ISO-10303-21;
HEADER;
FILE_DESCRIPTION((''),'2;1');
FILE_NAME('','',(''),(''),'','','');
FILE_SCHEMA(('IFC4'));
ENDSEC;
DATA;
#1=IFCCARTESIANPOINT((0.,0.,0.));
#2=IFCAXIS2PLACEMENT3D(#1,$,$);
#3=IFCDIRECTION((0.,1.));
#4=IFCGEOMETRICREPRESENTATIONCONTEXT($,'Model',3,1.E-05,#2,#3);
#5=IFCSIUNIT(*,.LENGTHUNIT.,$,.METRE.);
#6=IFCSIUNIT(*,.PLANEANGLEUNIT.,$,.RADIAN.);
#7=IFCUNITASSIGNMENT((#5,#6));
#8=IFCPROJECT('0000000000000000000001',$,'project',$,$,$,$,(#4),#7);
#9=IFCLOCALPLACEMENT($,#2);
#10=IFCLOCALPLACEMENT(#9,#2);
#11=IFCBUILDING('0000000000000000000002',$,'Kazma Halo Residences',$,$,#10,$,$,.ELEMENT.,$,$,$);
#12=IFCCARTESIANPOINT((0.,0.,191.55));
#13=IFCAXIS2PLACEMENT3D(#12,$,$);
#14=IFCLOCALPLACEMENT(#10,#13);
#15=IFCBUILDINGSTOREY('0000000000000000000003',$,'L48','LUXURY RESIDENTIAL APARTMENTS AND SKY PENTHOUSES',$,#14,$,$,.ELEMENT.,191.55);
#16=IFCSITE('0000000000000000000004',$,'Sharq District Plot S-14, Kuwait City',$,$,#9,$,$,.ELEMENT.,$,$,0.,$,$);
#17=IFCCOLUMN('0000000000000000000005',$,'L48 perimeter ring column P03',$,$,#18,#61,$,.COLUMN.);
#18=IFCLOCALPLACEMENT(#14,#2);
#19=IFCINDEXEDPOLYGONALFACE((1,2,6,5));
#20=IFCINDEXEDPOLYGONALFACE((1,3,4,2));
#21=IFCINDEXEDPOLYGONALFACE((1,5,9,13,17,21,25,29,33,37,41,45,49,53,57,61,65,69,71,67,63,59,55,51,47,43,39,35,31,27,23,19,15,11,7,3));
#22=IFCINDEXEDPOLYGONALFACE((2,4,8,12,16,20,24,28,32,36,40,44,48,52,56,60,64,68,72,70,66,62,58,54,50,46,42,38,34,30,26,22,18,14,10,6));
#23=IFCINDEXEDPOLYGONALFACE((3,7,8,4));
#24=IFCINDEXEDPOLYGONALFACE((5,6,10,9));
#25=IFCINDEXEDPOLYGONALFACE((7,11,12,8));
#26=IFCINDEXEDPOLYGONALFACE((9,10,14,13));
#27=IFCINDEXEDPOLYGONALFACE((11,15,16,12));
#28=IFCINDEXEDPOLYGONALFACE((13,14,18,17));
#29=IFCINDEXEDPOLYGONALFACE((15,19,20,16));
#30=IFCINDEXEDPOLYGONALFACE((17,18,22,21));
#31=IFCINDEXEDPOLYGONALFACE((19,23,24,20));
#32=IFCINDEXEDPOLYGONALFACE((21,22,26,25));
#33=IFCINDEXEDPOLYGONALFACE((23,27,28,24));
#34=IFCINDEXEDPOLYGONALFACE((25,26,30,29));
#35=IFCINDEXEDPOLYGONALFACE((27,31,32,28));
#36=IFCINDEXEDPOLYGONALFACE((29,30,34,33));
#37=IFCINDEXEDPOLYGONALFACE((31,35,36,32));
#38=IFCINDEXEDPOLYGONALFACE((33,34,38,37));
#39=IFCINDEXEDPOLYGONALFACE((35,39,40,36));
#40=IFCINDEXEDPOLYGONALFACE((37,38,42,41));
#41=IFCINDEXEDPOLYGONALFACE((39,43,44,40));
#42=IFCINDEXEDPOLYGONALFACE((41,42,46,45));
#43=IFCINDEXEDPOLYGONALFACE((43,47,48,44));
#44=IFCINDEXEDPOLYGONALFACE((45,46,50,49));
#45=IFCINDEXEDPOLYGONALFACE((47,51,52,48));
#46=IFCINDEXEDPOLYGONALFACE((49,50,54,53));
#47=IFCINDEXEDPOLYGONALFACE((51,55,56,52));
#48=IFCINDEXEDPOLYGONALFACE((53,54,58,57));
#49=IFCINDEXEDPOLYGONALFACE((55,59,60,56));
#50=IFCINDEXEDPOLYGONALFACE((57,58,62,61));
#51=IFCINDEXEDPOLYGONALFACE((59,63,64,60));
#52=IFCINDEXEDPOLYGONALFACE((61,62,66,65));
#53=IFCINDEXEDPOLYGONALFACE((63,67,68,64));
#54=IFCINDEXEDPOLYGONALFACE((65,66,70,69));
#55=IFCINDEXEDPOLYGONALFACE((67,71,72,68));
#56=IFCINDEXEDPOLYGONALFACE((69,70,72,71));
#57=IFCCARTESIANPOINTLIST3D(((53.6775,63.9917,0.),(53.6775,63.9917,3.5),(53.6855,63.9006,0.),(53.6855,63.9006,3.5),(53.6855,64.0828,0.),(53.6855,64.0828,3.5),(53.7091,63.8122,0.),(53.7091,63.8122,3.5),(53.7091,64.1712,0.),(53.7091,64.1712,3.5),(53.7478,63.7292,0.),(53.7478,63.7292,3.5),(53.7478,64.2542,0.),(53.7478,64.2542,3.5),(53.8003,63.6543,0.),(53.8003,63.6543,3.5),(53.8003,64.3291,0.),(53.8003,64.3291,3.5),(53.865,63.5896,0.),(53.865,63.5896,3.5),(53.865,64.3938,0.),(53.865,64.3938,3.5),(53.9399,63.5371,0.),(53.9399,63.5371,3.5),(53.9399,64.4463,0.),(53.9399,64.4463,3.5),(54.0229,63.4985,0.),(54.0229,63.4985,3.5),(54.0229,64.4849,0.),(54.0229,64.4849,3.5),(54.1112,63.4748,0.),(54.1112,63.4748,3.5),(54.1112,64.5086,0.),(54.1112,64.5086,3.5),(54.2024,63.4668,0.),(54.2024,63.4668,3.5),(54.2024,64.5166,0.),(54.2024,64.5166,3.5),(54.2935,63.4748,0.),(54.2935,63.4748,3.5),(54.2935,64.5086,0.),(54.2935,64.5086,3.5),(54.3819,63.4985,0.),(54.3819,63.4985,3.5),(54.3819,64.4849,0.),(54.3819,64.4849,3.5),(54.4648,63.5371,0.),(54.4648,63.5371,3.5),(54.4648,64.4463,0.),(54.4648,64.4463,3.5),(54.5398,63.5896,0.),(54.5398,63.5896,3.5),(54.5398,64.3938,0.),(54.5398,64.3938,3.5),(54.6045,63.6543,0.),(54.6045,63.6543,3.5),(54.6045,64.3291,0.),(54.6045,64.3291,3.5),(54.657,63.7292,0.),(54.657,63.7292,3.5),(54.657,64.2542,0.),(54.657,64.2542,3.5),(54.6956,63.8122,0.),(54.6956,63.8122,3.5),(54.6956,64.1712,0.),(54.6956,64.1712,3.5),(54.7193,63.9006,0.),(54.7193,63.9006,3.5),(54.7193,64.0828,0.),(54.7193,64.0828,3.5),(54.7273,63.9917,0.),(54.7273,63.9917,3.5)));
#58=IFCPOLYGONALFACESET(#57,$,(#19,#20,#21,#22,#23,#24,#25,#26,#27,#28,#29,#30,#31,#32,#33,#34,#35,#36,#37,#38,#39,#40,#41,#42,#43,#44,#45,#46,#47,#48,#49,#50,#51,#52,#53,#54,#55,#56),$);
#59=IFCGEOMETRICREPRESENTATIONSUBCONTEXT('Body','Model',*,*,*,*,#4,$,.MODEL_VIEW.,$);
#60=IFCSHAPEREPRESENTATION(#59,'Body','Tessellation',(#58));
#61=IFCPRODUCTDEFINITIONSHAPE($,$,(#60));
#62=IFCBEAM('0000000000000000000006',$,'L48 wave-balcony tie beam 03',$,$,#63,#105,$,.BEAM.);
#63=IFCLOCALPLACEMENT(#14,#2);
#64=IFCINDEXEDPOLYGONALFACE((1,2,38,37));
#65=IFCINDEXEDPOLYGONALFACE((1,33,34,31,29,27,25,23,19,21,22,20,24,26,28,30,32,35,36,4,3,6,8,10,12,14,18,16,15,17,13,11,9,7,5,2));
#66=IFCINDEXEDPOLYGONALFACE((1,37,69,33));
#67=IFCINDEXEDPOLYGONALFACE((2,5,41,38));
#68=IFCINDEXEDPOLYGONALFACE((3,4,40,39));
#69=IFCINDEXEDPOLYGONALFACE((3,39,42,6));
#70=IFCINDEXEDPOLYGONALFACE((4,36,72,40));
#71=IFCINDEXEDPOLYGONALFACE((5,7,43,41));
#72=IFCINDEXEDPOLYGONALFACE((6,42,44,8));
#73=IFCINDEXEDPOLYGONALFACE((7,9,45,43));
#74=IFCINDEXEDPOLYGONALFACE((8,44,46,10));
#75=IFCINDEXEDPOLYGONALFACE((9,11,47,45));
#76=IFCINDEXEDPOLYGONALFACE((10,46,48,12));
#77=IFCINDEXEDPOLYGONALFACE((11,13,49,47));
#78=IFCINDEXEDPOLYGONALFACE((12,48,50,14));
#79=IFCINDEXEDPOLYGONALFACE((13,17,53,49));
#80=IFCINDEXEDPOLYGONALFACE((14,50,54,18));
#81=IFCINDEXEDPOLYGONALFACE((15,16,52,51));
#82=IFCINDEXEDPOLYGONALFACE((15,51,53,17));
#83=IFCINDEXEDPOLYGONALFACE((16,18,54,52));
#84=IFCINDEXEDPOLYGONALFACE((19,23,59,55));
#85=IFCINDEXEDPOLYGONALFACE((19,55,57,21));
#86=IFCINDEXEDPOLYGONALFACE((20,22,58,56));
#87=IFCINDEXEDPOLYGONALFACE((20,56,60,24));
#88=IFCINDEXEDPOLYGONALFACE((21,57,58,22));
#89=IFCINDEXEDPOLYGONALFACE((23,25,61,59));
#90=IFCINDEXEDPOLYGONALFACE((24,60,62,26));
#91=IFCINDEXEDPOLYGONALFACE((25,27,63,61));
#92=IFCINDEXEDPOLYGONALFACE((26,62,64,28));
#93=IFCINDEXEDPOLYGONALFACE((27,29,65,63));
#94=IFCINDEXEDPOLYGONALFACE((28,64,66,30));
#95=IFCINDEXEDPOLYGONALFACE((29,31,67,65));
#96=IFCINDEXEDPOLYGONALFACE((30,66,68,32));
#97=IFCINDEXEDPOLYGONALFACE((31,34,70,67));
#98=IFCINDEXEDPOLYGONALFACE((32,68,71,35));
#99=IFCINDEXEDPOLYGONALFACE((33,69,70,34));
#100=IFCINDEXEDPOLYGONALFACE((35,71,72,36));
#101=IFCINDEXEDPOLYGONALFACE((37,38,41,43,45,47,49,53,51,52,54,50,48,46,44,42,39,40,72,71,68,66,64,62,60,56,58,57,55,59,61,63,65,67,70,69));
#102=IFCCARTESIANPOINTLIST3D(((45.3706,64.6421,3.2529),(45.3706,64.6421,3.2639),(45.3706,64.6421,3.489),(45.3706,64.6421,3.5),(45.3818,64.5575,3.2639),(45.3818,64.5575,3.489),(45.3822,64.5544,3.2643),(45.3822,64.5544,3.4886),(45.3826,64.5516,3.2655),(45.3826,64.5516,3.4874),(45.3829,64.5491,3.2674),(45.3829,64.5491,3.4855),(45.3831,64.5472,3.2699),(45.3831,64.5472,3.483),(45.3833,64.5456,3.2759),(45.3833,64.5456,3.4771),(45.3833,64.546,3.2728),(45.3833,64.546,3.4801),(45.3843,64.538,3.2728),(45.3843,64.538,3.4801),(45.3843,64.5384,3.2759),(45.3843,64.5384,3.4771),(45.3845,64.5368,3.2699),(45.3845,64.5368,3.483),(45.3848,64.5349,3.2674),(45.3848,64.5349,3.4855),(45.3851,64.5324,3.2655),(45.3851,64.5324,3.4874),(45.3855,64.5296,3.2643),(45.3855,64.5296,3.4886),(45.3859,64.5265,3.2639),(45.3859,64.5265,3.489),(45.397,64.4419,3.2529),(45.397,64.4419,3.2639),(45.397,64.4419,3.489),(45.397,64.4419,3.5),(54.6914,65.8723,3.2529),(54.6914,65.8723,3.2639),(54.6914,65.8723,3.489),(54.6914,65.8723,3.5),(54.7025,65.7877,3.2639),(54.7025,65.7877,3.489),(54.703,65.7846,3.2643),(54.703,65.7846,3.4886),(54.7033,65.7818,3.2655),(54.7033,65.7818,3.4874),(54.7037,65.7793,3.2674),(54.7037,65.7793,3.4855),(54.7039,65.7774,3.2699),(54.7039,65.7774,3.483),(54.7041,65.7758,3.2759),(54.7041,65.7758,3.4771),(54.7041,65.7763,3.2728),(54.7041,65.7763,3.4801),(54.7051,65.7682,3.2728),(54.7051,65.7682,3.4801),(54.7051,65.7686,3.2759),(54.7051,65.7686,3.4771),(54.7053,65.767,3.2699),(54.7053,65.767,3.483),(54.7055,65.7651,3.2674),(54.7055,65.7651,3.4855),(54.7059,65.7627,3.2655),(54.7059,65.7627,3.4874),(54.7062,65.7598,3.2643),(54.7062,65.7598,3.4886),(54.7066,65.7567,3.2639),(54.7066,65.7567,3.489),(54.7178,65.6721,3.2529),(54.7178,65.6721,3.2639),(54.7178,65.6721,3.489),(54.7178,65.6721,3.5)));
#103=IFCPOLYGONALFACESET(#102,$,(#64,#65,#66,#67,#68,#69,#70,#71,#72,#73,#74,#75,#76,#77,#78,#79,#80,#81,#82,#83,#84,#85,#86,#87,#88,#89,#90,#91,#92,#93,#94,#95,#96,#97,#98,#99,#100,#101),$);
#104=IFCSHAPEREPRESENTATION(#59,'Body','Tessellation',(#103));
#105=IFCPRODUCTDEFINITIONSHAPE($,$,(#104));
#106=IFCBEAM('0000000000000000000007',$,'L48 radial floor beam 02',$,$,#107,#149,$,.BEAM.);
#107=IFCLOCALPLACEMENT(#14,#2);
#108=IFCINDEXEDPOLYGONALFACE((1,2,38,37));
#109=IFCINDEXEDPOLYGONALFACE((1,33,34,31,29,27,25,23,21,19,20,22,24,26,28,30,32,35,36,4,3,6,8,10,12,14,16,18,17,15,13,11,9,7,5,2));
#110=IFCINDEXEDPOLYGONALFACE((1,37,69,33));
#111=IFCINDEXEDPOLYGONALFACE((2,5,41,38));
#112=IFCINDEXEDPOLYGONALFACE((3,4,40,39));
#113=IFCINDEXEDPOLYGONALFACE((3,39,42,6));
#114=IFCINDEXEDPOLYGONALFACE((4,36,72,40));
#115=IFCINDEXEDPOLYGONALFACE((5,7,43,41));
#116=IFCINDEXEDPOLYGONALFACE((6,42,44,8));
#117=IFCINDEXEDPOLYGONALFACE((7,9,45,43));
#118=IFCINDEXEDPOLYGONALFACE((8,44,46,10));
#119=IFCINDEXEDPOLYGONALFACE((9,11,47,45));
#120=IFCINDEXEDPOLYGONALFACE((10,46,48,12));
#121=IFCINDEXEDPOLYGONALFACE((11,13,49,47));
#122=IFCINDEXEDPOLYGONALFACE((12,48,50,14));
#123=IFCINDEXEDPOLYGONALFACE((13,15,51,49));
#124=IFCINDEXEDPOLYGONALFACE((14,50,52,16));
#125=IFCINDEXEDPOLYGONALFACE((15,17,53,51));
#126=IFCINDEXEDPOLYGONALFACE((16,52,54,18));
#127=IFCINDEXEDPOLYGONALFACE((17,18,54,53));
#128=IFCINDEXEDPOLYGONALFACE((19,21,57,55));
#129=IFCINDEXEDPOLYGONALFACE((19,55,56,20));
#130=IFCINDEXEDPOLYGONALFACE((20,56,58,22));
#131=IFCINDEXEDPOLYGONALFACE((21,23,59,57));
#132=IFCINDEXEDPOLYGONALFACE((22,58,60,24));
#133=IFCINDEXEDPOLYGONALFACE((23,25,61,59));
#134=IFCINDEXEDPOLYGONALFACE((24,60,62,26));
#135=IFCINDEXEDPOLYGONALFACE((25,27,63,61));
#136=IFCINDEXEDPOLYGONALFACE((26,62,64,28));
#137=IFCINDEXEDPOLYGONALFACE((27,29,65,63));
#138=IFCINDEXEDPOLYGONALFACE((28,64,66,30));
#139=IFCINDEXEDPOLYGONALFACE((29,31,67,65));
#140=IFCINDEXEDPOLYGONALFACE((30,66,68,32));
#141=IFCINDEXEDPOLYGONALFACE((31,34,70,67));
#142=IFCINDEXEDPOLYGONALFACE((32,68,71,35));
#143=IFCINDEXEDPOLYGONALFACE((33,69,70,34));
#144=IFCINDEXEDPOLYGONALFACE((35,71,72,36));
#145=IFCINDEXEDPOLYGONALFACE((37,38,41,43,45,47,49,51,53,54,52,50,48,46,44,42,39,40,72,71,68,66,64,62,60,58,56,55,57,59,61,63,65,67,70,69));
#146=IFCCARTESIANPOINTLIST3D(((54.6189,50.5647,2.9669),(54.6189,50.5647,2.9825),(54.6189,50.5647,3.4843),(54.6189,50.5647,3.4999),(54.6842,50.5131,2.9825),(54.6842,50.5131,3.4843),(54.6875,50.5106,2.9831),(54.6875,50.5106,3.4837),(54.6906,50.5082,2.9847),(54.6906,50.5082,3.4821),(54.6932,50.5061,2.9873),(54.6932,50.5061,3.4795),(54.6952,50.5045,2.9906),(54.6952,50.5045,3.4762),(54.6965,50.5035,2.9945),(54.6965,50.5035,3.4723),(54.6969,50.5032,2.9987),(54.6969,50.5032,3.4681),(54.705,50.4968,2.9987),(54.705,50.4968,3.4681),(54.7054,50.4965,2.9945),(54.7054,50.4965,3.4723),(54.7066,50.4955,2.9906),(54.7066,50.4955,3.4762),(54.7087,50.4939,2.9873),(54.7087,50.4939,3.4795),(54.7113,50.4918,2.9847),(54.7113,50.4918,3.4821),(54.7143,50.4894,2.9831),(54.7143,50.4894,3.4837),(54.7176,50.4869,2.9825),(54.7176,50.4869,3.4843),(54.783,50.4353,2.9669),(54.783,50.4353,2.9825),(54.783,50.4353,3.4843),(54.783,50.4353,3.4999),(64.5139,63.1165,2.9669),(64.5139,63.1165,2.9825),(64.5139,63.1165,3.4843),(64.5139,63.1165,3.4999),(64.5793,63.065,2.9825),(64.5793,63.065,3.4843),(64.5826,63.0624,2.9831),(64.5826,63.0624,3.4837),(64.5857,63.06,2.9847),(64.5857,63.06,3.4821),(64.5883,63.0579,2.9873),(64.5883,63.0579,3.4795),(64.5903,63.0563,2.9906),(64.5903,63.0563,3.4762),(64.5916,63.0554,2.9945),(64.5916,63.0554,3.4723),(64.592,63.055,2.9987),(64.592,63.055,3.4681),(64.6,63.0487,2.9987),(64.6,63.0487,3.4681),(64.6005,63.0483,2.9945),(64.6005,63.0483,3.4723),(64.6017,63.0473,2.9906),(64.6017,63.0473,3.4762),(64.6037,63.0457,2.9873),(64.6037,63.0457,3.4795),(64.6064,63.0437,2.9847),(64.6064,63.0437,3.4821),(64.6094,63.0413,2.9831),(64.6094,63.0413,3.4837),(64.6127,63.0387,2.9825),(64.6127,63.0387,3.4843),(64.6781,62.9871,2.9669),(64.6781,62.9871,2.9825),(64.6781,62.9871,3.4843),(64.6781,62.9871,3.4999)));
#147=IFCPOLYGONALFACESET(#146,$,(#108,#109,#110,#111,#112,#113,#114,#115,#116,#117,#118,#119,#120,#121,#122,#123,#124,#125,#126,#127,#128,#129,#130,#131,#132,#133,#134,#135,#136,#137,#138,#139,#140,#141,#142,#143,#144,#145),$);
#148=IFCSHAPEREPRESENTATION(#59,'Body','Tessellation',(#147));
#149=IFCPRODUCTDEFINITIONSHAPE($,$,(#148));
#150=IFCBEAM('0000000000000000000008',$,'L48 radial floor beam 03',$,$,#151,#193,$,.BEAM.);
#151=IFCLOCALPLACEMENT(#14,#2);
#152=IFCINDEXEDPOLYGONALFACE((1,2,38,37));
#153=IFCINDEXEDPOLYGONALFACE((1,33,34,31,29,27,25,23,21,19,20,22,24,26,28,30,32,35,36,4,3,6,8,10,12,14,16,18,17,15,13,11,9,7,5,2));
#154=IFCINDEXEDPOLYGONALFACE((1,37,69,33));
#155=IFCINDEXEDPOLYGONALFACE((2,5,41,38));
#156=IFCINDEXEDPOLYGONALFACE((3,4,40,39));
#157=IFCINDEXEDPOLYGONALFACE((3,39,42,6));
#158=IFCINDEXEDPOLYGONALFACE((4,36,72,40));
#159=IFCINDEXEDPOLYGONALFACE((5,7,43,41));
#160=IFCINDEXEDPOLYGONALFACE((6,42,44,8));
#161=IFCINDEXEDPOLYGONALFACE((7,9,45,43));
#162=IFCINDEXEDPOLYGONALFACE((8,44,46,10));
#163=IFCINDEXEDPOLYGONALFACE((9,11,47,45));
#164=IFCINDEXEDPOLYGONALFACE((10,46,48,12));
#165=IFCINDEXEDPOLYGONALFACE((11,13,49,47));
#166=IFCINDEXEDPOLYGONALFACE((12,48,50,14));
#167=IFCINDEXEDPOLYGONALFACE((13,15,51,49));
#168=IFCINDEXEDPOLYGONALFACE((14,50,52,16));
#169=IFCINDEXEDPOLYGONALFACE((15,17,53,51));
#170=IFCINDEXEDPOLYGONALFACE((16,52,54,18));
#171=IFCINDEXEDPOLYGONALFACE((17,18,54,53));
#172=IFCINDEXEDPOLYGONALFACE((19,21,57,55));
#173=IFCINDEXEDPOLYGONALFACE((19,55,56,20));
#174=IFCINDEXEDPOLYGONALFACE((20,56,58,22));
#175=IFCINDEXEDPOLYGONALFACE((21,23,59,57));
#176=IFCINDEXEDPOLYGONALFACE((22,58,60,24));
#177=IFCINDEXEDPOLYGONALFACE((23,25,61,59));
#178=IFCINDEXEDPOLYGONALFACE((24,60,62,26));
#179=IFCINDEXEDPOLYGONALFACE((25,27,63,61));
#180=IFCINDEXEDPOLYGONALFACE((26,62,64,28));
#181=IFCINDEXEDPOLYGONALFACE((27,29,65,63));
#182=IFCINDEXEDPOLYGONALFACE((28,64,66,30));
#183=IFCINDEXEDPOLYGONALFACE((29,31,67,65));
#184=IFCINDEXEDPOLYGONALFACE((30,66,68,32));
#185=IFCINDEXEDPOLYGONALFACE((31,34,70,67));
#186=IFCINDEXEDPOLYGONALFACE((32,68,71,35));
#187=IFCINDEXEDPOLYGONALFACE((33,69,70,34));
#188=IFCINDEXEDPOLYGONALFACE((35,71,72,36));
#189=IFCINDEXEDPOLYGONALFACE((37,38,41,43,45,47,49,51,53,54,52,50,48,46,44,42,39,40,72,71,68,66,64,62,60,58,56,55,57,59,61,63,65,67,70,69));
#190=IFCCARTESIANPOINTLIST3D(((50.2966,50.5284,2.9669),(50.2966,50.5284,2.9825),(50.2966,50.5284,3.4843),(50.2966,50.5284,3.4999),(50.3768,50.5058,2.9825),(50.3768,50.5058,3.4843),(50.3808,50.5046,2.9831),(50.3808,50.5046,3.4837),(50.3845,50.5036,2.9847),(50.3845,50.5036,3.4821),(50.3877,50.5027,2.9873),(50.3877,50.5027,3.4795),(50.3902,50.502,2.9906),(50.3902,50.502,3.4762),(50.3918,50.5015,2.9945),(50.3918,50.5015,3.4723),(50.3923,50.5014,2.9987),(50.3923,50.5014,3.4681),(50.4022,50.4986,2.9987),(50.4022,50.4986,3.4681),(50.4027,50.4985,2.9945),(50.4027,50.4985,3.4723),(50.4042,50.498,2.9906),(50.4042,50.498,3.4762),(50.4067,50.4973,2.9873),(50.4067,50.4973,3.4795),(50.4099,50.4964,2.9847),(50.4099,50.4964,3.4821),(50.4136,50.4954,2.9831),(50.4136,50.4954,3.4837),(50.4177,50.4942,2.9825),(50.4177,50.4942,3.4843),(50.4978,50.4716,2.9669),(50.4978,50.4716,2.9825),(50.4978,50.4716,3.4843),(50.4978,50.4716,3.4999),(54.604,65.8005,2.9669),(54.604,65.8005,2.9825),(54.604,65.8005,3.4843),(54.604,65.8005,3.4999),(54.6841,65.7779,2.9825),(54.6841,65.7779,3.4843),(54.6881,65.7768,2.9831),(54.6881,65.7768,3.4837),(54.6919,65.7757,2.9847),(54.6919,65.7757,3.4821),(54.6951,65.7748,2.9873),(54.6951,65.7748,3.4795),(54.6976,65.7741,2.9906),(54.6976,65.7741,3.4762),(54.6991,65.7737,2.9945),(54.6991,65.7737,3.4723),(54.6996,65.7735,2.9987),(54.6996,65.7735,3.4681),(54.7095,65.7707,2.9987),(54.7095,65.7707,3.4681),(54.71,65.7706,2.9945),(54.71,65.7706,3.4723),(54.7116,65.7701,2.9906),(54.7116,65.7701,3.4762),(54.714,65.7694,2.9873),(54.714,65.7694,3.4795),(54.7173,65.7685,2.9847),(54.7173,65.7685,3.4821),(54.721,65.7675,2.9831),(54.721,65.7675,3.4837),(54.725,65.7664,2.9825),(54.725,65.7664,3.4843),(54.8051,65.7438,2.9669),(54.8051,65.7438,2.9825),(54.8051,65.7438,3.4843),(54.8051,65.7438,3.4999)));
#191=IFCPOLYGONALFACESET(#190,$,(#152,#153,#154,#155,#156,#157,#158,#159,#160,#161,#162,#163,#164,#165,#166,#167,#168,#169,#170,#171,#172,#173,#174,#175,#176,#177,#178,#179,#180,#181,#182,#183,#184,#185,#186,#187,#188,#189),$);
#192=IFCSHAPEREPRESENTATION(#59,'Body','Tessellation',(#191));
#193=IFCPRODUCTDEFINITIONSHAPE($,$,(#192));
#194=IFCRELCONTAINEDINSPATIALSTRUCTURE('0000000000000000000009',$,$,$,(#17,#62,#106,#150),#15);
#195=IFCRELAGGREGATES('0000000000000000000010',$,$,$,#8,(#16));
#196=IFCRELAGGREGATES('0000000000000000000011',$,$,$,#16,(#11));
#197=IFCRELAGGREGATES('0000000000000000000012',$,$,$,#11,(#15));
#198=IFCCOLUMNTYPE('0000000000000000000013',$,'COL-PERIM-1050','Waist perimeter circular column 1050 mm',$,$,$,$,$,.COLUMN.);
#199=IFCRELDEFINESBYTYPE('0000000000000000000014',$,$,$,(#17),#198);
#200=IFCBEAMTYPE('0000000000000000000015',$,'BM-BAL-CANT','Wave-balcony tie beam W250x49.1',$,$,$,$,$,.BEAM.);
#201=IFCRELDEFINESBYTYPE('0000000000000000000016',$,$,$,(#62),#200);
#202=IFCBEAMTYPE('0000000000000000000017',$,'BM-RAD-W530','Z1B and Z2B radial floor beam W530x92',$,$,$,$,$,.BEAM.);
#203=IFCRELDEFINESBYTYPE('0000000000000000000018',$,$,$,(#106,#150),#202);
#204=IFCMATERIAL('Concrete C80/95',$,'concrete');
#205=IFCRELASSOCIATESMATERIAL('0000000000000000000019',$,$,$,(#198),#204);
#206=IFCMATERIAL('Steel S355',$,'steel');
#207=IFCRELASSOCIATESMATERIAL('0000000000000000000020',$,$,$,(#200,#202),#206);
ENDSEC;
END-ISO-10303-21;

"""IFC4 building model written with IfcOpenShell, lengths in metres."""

from ifc_helpers import new_model, si_unit, direction, frame, origin, origin_2d, place, context, subcontext, project, spatial, circle, i_section, extrude, material, material_profile, profile_set, type_object, element, save


model = new_model("IFC4")

# Units and contexts
model_context = context("Model", 3, precision=1e-05, world=origin(), true_north=direction((0.0, 1.0)))
body_context = subcontext(model_context, "Body", "Model", "MODEL_VIEW")
ifc_project = project(units=[si_unit("LENGTHUNIT", "METRE"), si_unit("PLANEANGLEUNIT", "RADIAN")], contexts=[model_context])

# Site, building, storey
site_placement = place(None, origin())
site = spatial("IfcSite", under=ifc_project, at=site_placement, Name="Sharq District Plot S-14, Kuwait City", CompositionType="ELEMENT", RefElevation=0.0)
building_placement = place(site_placement, origin())
building = spatial("IfcBuilding", under=site, at=building_placement, Name="Kazma Halo Residences", CompositionType="ELEMENT")
storey_placement = place(building_placement, frame((0.0, 0.0, 191.55)))
storey = spatial("IfcBuildingStorey", under=building, at=storey_placement, Name="L48", Description="LUXURY RESIDENTIAL APARTMENTS AND SKY PENTHOUSES", CompositionType="ELEMENT", Elevation=191.55)

# Column
ifc_material_1 = material(Name="Concrete C80/95", Category="concrete")
ifc_material_profile_1 = material_profile(ifc_material_1, circle(Radius=0.5249, at=origin_2d()), Name="CIRC1050")
ifc_profile_set_1 = profile_set([ifc_material_profile_1], Name="Concrete C80/95")
column_type = type_object("IfcColumnType", Name="COL-PERIM-1050", Description="Waist perimeter circular column 1050 mm", PredefinedType="COLUMN", material=ifc_profile_set_1)
column_placement = place(storey_placement, frame((54.2024, 63.9917, 0.0), z_axis=(0.0, 0.0, 1.0), x_axis=(1.0, 0.0, 0.0)))
element("IfcColumn", 1, at=column_placement, inside=storey, type_object=column_type, Name="L48 perimeter ring column P03", PredefinedType="COLUMN", context=body_context, shape_type="SweptSolid", body=[
    extrude(circle(Radius=0.5249, at=origin_2d()), origin(), (0.0, 0.0, 1.0), 3.5),
])

# Beams
ifc_material_2 = material(Name="Steel S355", Category="steel")
ifc_material_profile_2 = material_profile(ifc_material_2, i_section(OverallWidth=0.2019, OverallDepth=0.2471, WebThickness=0.0073, FlangeThickness=0.011, FilletRadius=0.012, at=origin_2d()), Name="W250x49.1")
ifc_profile_set_2 = profile_set([ifc_material_profile_2], Name="Steel S355")
beam_type_1 = type_object("IfcBeamType", Name="BM-BAL-CANT", Description="Wave-balcony tie beam W250x49.1", PredefinedType="BEAM", material=ifc_profile_set_2)
beam_1_placement = place(storey_placement, frame((54.7046, 65.7722, 3.3765), z_axis=(-0.991402, -0.130852, 0.0), x_axis=(0.130852, -0.991402, 0.0)))
element("IfcBeam", 2, at=beam_1_placement, inside=storey, type_object=beam_type_1, Name="L48 wave-balcony tie beam 03", PredefinedType="BEAM", context=body_context, shape_type="SweptSolid", body=[
    extrude(i_section(OverallWidth=0.2019, OverallDepth=0.2471, WebThickness=0.0073, FlangeThickness=0.011, FilletRadius=0.012, at=origin_2d()), origin(), (0.0, 0.0, 1.0), 9.4016),
])
ifc_material_profile_3 = material_profile(ifc_material_2, i_section(OverallWidth=0.209, OverallDepth=0.533, WebThickness=0.0103, FlangeThickness=0.0156, FilletRadius=0.0161, at=origin_2d()), Name="W530x92")
ifc_profile_set_3 = profile_set([ifc_material_profile_3], Name="Steel S355")
beam_type_2 = type_object("IfcBeamType", Name="BM-RAD-W530", Description="Z1B and Z2B radial floor beam W530x92", PredefinedType="BEAM", material=ifc_profile_set_3)
beam_2_placement = place(storey_placement, frame((54.7009, 50.5, 3.2334), z_axis=(0.619094, 0.785317, 0.0), x_axis=(-0.785317, 0.619094, 0.0)))
element("IfcBeam", 3, at=beam_2_placement, inside=storey, type_object=beam_type_2, Name="L48 radial floor beam 02", PredefinedType="BEAM", context=body_context, shape_type="SweptSolid", body=[
    extrude(i_section(OverallWidth=0.209, OverallDepth=0.533, WebThickness=0.0103, FlangeThickness=0.0156, FilletRadius=0.0161, at=origin_2d()), origin(), (0.0, 0.0, 1.0), 15.9832),
])
beam_3_placement = place(storey_placement, frame((50.3972, 50.5, 3.2334), z_axis=(0.27145, 0.962453, 0.0), x_axis=(-0.962453, 0.27145, 0.0)))
element("IfcBeam", 4, at=beam_3_placement, inside=storey, type_object=beam_type_2, Name="L48 radial floor beam 03", PredefinedType="BEAM", context=body_context, shape_type="SweptSolid", body=[
    extrude(i_section(OverallWidth=0.209, OverallDepth=0.533, WebThickness=0.0103, FlangeThickness=0.0156, FilletRadius=0.0161, at=origin_2d()), origin(), (0.0, 0.0, 1.0), 15.8679),
])

save(model, "model.ifc")
